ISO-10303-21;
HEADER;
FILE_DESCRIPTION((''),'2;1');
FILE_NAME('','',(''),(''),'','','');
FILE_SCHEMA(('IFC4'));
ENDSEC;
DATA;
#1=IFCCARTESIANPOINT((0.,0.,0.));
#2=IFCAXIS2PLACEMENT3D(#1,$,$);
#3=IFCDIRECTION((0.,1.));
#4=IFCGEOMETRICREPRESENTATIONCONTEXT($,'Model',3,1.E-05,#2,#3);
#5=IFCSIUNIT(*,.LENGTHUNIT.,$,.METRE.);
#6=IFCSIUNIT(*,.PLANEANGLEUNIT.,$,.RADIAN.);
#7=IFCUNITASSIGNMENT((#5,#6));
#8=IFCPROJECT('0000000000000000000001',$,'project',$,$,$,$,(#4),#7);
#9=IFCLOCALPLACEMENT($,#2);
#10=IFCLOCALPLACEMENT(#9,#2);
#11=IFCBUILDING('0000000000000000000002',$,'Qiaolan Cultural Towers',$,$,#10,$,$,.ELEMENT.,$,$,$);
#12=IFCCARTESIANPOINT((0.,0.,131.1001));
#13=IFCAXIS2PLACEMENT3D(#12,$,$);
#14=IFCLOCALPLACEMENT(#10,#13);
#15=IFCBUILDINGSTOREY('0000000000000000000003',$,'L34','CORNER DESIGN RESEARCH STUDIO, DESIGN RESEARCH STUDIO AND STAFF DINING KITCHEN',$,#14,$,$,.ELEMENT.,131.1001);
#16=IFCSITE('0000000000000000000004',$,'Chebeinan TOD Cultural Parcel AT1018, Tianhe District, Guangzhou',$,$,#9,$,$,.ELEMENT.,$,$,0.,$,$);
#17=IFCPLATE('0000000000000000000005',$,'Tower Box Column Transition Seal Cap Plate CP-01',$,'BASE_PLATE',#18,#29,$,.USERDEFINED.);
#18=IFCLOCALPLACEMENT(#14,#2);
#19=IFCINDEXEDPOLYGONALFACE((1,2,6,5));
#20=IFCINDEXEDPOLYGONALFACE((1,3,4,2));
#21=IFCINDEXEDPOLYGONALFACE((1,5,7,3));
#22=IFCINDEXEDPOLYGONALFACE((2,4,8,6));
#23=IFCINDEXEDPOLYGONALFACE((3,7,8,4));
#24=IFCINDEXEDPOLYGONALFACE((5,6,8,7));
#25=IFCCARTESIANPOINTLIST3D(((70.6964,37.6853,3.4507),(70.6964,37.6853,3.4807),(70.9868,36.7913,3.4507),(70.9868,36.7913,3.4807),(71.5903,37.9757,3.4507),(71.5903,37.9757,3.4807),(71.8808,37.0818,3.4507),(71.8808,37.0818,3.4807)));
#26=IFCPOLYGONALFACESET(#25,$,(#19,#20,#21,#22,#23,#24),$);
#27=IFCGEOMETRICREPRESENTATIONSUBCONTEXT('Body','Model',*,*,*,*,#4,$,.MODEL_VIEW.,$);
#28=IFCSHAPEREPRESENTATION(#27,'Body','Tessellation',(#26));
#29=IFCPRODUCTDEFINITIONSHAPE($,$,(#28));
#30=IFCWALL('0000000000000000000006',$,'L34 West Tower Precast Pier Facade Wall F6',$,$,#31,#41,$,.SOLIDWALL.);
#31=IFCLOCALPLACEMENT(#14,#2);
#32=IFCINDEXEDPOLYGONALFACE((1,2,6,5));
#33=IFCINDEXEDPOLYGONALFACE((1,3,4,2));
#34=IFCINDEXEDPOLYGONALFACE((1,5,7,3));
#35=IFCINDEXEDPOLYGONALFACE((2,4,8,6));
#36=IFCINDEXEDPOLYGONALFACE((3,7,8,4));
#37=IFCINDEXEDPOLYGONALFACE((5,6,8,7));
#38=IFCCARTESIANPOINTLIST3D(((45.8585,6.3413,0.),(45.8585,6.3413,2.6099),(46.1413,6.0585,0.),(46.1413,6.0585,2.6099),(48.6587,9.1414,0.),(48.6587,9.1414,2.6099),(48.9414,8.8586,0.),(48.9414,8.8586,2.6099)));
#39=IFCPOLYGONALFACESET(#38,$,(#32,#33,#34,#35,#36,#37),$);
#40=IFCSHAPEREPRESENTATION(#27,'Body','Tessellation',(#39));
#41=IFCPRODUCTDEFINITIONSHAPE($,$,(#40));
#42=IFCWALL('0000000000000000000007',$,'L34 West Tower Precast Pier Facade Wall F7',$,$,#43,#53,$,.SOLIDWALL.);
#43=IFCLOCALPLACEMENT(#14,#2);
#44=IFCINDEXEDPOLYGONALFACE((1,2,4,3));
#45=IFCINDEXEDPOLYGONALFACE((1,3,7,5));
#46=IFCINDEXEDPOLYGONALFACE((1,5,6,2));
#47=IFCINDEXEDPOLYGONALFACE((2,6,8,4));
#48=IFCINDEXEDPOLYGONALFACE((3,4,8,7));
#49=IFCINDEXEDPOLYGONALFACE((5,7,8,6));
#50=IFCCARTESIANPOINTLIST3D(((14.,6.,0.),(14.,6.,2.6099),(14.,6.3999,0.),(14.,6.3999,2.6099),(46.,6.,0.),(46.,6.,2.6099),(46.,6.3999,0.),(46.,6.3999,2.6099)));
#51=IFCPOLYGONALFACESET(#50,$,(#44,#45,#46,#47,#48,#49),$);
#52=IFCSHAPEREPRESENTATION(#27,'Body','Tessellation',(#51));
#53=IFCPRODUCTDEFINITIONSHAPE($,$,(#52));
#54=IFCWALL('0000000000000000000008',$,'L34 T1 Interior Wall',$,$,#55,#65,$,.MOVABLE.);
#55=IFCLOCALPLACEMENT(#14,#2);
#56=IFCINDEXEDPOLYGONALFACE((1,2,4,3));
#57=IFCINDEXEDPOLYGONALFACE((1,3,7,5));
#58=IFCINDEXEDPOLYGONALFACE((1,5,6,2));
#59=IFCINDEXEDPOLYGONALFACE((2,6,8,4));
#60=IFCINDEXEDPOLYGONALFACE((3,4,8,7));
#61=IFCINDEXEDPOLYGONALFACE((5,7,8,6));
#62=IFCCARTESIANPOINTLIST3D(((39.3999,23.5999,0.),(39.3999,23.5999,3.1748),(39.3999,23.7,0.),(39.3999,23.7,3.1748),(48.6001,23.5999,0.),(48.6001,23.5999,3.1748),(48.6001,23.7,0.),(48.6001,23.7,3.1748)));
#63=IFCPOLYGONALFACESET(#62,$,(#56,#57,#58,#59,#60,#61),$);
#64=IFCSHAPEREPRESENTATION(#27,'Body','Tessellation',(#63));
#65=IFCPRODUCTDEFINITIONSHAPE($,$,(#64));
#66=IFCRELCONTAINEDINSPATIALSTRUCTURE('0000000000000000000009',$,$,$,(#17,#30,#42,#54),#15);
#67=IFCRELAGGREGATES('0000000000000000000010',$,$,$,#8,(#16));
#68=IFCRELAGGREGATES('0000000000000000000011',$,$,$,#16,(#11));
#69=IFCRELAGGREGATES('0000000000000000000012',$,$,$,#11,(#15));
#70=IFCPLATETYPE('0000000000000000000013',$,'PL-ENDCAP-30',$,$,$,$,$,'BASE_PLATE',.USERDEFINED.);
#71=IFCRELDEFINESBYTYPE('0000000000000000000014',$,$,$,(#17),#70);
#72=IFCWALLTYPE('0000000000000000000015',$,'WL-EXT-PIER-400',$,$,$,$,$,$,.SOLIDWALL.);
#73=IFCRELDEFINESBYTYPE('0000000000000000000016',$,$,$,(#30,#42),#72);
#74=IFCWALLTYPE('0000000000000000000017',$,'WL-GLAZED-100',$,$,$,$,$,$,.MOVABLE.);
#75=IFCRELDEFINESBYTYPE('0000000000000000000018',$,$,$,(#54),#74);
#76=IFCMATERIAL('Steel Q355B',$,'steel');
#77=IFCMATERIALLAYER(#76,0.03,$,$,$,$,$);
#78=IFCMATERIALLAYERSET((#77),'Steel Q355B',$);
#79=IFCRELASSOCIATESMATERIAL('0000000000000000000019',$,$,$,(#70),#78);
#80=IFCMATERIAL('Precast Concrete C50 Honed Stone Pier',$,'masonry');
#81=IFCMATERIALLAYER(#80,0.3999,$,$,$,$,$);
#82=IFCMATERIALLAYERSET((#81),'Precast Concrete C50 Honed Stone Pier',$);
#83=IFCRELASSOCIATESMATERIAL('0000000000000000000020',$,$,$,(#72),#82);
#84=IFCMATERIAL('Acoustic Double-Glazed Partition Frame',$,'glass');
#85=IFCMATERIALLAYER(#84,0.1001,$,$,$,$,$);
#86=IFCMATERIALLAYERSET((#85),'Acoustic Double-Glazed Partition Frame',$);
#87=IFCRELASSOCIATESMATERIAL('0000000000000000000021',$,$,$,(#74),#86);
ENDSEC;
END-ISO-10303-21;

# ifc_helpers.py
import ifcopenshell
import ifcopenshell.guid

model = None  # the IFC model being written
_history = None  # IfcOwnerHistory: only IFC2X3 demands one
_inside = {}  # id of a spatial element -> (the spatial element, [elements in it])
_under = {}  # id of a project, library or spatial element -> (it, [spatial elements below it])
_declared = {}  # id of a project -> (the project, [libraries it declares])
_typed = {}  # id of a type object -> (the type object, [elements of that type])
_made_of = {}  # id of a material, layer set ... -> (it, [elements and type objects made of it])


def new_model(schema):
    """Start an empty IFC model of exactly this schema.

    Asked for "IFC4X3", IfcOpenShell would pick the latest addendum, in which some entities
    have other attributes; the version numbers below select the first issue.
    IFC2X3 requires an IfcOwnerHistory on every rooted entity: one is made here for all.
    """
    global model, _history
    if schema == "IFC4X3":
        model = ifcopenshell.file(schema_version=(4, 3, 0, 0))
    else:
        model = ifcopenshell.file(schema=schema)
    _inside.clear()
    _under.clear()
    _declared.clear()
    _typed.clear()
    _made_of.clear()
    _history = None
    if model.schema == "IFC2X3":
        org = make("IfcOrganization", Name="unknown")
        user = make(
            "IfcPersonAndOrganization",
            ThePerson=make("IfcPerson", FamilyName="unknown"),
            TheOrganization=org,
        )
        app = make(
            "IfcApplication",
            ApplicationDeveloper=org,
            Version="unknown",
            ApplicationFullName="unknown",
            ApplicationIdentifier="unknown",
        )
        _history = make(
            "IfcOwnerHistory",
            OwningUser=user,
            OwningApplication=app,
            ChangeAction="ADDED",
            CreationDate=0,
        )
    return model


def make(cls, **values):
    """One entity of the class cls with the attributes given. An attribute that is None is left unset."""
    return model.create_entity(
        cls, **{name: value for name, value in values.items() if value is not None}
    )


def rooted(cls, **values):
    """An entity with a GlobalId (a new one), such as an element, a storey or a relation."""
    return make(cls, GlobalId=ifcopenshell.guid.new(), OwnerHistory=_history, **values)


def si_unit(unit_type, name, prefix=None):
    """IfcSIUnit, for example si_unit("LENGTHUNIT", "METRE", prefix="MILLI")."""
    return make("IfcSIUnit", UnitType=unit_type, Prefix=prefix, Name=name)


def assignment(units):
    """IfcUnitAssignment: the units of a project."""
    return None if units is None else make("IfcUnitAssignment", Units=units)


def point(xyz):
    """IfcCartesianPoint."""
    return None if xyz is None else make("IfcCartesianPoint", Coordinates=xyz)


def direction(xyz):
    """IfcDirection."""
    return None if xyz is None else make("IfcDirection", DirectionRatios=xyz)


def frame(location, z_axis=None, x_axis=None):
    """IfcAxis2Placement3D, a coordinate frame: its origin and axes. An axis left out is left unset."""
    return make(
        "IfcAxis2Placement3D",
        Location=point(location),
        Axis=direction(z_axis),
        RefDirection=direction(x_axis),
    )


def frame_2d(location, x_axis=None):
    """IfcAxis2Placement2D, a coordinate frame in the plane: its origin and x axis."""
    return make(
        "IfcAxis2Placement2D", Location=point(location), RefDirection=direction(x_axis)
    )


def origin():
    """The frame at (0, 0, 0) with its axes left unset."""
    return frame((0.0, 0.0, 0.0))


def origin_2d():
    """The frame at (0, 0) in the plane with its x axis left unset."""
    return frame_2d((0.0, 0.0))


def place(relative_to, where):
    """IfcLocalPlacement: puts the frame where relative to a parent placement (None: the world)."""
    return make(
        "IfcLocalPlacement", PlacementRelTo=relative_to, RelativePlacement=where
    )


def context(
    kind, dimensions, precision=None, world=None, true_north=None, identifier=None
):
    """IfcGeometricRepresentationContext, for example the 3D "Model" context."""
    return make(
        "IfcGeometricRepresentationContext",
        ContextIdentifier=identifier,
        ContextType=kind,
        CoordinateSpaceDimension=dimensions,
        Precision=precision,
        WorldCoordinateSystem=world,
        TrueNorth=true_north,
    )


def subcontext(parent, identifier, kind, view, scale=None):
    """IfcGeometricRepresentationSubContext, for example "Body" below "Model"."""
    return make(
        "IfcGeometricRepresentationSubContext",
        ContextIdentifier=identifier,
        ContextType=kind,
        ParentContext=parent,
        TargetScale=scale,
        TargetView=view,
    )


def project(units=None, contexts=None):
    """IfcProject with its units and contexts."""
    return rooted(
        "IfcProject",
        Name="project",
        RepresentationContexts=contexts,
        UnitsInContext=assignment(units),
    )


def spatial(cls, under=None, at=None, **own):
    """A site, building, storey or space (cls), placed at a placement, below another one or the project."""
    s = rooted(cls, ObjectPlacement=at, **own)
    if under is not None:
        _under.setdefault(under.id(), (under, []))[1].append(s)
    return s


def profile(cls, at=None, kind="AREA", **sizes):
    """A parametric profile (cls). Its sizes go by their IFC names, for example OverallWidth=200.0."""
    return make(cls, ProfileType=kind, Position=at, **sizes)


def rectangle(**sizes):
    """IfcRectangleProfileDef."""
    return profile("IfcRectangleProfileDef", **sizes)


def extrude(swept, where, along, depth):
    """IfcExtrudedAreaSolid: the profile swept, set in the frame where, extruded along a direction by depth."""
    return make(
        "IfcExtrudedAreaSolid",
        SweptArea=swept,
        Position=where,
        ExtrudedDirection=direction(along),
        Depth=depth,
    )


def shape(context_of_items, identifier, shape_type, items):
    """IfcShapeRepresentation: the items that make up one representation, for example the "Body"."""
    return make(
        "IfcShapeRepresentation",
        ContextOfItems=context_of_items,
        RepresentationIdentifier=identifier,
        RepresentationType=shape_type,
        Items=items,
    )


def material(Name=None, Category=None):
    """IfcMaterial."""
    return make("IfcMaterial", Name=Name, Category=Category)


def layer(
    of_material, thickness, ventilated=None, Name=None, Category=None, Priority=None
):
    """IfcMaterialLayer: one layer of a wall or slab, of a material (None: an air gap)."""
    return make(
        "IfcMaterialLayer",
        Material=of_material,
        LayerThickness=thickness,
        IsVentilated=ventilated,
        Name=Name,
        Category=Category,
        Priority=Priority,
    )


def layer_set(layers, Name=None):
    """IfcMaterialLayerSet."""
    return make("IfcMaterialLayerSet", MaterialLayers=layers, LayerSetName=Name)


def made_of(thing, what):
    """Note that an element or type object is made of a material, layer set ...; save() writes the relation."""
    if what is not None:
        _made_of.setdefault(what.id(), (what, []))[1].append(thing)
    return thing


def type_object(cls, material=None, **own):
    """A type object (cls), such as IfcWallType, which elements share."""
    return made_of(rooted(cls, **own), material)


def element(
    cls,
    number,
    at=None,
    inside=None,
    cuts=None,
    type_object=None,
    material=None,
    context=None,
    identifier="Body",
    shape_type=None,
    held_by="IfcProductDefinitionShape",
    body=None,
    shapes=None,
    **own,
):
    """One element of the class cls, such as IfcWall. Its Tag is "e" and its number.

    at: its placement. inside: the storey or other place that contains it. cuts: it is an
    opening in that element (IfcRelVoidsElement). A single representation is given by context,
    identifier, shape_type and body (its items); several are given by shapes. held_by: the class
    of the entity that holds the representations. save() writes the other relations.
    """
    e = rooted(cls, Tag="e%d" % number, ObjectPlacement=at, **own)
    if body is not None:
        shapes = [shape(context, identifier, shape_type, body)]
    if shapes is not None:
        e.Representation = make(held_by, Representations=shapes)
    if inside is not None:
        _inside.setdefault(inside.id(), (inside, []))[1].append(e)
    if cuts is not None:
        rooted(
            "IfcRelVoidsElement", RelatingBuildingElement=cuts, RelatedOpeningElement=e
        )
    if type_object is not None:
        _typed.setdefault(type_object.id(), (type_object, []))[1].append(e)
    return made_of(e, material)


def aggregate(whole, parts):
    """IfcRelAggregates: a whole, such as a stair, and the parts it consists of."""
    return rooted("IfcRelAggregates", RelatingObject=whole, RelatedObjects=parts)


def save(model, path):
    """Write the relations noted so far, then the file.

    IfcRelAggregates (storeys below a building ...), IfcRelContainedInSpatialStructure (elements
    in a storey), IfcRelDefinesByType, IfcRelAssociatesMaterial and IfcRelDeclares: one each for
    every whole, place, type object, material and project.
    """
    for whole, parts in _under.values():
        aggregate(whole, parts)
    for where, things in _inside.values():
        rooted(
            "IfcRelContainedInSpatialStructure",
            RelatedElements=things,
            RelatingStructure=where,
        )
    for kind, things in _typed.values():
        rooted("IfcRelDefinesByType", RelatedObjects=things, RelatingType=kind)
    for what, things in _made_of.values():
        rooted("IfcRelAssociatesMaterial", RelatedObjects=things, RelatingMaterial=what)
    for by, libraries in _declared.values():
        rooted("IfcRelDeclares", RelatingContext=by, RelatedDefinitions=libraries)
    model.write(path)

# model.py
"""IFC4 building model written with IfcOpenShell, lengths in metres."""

from ifc_helpers import new_model, si_unit, direction, frame, frame_2d, origin, origin_2d, place, context, subcontext, project, spatial, rectangle, extrude, material, layer, layer_set, type_object, element, save


model = new_model("IFC4")

# Units and contexts
model_context = context("Model", 3, precision=1e-05, world=origin(), true_north=direction((0.0, 1.0)))
body_context = subcontext(model_context, "Body", "Model", "MODEL_VIEW")
ifc_project = project(units=[si_unit("LENGTHUNIT", "METRE"), si_unit("PLANEANGLEUNIT", "RADIAN")], contexts=[model_context])

# Site, building, storey
site_placement = place(None, origin())
site = spatial("IfcSite", under=ifc_project, at=site_placement, Name="Chebeinan TOD Cultural Parcel AT1018, Tianhe District, Guangzhou", CompositionType="ELEMENT", RefElevation=0.0)
building_placement = place(site_placement, origin())
building = spatial("IfcBuilding", under=site, at=building_placement, Name="Qiaolan Cultural Towers", CompositionType="ELEMENT")
storey_placement = place(building_placement, frame((0.0, 0.0, 131.1001)))
storey = spatial("IfcBuildingStorey", under=building, at=storey_placement, Name="L34", Description="CORNER DESIGN RESEARCH STUDIO, DESIGN RESEARCH STUDIO AND STAFF DINING KITCHEN", CompositionType="ELEMENT", Elevation=131.1001)

# Plate
ifc_material_1 = material(Name="Steel Q355B", Category="steel")
ifc_layer_1 = layer(ifc_material_1, 0.03)
ifc_layer_set_1 = layer_set([ifc_layer_1], Name="Steel Q355B")
plate_type = type_object("IfcPlateType", Name="PL-ENDCAP-30", ElementType="BASE_PLATE", PredefinedType="USERDEFINED", material=ifc_layer_set_1)
plate_placement = place(storey_placement, frame((71.2886, 37.3835, 3.4507), z_axis=(0.0, 0.0, 1.0), x_axis=(0.951057, 0.309017, 0.0)))
element("IfcPlate", 1, at=plate_placement, inside=storey, type_object=plate_type, Name="Tower Box Column Transition Seal Cap Plate CP-01", ObjectType="BASE_PLATE", PredefinedType="USERDEFINED", context=body_context, shape_type="SweptSolid", body=[
    extrude(rectangle(XDim=0.9399, YDim=0.9399, at=origin_2d()), origin(), (0.0, 0.0, 1.0), 0.03),
])

# Walls
ifc_material_2 = material(Name="Precast Concrete C50 Honed Stone Pier", Category="masonry")
ifc_layer_2 = layer(ifc_material_2, 0.3999)
ifc_layer_set_2 = layer_set([ifc_layer_2], Name="Precast Concrete C50 Honed Stone Pier")
wall_type_1 = type_object("IfcWallType", Name="WL-EXT-PIER-400", PredefinedType="SOLIDWALL", material=ifc_layer_set_2)
wall_1_placement = place(storey_placement, frame((48.8, 9.0, 0.0), z_axis=(0.0, 0.0, 1.0), x_axis=(-0.707107, -0.707107, 0.0)))
element("IfcWall", 2, at=wall_1_placement, inside=storey, type_object=wall_type_1, Name="L34 West Tower Precast Pier Facade Wall F6", PredefinedType="SOLIDWALL", context=body_context, shape_type="SweptSolid", body=[
    extrude(rectangle(XDim=3.96, YDim=0.3999, at=frame_2d((1.98, 0.0))), origin(), (0.0, 0.0, 1.0), 2.6099),
])
wall_2_placement = place(storey_placement, frame((46.0, 6.2, 0.0), z_axis=(0.0, 0.0, 1.0), x_axis=(-1.0, 0.0, 0.0)))
element("IfcWall", 3, at=wall_2_placement, inside=storey, type_object=wall_type_1, Name="L34 West Tower Precast Pier Facade Wall F7", PredefinedType="SOLIDWALL", context=body_context, shape_type="SweptSolid", body=[
    extrude(rectangle(XDim=32.0, YDim=0.3999, at=frame_2d((16.0, 0.0))), origin(), (0.0, 0.0, 1.0), 2.6099),
])
ifc_material_3 = material(Name="Acoustic Double-Glazed Partition Frame", Category="glass")
ifc_layer_3 = layer(ifc_material_3, 0.1001)
ifc_layer_set_3 = layer_set([ifc_layer_3], Name="Acoustic Double-Glazed Partition Frame")
wall_type_2 = type_object("IfcWallType", Name="WL-GLAZED-100", PredefinedType="MOVABLE", material=ifc_layer_set_3)
wall_3_placement = place(storey_placement, frame((39.3999, 23.6499, 0.0), z_axis=(0.0, 0.0, 1.0), x_axis=(1.0, 0.0, 0.0)))
element("IfcWall", 4, at=wall_3_placement, inside=storey, type_object=wall_type_2, Name="L34 T1 Interior Wall", PredefinedType="MOVABLE", context=body_context, shape_type="SweptSolid", body=[
    extrude(rectangle(XDim=9.2002, YDim=0.1001, at=frame_2d((4.6001, 0.0))), origin(), (0.0, 0.0, 1.0), 3.1748),
])

save(model, "model.ifc")
